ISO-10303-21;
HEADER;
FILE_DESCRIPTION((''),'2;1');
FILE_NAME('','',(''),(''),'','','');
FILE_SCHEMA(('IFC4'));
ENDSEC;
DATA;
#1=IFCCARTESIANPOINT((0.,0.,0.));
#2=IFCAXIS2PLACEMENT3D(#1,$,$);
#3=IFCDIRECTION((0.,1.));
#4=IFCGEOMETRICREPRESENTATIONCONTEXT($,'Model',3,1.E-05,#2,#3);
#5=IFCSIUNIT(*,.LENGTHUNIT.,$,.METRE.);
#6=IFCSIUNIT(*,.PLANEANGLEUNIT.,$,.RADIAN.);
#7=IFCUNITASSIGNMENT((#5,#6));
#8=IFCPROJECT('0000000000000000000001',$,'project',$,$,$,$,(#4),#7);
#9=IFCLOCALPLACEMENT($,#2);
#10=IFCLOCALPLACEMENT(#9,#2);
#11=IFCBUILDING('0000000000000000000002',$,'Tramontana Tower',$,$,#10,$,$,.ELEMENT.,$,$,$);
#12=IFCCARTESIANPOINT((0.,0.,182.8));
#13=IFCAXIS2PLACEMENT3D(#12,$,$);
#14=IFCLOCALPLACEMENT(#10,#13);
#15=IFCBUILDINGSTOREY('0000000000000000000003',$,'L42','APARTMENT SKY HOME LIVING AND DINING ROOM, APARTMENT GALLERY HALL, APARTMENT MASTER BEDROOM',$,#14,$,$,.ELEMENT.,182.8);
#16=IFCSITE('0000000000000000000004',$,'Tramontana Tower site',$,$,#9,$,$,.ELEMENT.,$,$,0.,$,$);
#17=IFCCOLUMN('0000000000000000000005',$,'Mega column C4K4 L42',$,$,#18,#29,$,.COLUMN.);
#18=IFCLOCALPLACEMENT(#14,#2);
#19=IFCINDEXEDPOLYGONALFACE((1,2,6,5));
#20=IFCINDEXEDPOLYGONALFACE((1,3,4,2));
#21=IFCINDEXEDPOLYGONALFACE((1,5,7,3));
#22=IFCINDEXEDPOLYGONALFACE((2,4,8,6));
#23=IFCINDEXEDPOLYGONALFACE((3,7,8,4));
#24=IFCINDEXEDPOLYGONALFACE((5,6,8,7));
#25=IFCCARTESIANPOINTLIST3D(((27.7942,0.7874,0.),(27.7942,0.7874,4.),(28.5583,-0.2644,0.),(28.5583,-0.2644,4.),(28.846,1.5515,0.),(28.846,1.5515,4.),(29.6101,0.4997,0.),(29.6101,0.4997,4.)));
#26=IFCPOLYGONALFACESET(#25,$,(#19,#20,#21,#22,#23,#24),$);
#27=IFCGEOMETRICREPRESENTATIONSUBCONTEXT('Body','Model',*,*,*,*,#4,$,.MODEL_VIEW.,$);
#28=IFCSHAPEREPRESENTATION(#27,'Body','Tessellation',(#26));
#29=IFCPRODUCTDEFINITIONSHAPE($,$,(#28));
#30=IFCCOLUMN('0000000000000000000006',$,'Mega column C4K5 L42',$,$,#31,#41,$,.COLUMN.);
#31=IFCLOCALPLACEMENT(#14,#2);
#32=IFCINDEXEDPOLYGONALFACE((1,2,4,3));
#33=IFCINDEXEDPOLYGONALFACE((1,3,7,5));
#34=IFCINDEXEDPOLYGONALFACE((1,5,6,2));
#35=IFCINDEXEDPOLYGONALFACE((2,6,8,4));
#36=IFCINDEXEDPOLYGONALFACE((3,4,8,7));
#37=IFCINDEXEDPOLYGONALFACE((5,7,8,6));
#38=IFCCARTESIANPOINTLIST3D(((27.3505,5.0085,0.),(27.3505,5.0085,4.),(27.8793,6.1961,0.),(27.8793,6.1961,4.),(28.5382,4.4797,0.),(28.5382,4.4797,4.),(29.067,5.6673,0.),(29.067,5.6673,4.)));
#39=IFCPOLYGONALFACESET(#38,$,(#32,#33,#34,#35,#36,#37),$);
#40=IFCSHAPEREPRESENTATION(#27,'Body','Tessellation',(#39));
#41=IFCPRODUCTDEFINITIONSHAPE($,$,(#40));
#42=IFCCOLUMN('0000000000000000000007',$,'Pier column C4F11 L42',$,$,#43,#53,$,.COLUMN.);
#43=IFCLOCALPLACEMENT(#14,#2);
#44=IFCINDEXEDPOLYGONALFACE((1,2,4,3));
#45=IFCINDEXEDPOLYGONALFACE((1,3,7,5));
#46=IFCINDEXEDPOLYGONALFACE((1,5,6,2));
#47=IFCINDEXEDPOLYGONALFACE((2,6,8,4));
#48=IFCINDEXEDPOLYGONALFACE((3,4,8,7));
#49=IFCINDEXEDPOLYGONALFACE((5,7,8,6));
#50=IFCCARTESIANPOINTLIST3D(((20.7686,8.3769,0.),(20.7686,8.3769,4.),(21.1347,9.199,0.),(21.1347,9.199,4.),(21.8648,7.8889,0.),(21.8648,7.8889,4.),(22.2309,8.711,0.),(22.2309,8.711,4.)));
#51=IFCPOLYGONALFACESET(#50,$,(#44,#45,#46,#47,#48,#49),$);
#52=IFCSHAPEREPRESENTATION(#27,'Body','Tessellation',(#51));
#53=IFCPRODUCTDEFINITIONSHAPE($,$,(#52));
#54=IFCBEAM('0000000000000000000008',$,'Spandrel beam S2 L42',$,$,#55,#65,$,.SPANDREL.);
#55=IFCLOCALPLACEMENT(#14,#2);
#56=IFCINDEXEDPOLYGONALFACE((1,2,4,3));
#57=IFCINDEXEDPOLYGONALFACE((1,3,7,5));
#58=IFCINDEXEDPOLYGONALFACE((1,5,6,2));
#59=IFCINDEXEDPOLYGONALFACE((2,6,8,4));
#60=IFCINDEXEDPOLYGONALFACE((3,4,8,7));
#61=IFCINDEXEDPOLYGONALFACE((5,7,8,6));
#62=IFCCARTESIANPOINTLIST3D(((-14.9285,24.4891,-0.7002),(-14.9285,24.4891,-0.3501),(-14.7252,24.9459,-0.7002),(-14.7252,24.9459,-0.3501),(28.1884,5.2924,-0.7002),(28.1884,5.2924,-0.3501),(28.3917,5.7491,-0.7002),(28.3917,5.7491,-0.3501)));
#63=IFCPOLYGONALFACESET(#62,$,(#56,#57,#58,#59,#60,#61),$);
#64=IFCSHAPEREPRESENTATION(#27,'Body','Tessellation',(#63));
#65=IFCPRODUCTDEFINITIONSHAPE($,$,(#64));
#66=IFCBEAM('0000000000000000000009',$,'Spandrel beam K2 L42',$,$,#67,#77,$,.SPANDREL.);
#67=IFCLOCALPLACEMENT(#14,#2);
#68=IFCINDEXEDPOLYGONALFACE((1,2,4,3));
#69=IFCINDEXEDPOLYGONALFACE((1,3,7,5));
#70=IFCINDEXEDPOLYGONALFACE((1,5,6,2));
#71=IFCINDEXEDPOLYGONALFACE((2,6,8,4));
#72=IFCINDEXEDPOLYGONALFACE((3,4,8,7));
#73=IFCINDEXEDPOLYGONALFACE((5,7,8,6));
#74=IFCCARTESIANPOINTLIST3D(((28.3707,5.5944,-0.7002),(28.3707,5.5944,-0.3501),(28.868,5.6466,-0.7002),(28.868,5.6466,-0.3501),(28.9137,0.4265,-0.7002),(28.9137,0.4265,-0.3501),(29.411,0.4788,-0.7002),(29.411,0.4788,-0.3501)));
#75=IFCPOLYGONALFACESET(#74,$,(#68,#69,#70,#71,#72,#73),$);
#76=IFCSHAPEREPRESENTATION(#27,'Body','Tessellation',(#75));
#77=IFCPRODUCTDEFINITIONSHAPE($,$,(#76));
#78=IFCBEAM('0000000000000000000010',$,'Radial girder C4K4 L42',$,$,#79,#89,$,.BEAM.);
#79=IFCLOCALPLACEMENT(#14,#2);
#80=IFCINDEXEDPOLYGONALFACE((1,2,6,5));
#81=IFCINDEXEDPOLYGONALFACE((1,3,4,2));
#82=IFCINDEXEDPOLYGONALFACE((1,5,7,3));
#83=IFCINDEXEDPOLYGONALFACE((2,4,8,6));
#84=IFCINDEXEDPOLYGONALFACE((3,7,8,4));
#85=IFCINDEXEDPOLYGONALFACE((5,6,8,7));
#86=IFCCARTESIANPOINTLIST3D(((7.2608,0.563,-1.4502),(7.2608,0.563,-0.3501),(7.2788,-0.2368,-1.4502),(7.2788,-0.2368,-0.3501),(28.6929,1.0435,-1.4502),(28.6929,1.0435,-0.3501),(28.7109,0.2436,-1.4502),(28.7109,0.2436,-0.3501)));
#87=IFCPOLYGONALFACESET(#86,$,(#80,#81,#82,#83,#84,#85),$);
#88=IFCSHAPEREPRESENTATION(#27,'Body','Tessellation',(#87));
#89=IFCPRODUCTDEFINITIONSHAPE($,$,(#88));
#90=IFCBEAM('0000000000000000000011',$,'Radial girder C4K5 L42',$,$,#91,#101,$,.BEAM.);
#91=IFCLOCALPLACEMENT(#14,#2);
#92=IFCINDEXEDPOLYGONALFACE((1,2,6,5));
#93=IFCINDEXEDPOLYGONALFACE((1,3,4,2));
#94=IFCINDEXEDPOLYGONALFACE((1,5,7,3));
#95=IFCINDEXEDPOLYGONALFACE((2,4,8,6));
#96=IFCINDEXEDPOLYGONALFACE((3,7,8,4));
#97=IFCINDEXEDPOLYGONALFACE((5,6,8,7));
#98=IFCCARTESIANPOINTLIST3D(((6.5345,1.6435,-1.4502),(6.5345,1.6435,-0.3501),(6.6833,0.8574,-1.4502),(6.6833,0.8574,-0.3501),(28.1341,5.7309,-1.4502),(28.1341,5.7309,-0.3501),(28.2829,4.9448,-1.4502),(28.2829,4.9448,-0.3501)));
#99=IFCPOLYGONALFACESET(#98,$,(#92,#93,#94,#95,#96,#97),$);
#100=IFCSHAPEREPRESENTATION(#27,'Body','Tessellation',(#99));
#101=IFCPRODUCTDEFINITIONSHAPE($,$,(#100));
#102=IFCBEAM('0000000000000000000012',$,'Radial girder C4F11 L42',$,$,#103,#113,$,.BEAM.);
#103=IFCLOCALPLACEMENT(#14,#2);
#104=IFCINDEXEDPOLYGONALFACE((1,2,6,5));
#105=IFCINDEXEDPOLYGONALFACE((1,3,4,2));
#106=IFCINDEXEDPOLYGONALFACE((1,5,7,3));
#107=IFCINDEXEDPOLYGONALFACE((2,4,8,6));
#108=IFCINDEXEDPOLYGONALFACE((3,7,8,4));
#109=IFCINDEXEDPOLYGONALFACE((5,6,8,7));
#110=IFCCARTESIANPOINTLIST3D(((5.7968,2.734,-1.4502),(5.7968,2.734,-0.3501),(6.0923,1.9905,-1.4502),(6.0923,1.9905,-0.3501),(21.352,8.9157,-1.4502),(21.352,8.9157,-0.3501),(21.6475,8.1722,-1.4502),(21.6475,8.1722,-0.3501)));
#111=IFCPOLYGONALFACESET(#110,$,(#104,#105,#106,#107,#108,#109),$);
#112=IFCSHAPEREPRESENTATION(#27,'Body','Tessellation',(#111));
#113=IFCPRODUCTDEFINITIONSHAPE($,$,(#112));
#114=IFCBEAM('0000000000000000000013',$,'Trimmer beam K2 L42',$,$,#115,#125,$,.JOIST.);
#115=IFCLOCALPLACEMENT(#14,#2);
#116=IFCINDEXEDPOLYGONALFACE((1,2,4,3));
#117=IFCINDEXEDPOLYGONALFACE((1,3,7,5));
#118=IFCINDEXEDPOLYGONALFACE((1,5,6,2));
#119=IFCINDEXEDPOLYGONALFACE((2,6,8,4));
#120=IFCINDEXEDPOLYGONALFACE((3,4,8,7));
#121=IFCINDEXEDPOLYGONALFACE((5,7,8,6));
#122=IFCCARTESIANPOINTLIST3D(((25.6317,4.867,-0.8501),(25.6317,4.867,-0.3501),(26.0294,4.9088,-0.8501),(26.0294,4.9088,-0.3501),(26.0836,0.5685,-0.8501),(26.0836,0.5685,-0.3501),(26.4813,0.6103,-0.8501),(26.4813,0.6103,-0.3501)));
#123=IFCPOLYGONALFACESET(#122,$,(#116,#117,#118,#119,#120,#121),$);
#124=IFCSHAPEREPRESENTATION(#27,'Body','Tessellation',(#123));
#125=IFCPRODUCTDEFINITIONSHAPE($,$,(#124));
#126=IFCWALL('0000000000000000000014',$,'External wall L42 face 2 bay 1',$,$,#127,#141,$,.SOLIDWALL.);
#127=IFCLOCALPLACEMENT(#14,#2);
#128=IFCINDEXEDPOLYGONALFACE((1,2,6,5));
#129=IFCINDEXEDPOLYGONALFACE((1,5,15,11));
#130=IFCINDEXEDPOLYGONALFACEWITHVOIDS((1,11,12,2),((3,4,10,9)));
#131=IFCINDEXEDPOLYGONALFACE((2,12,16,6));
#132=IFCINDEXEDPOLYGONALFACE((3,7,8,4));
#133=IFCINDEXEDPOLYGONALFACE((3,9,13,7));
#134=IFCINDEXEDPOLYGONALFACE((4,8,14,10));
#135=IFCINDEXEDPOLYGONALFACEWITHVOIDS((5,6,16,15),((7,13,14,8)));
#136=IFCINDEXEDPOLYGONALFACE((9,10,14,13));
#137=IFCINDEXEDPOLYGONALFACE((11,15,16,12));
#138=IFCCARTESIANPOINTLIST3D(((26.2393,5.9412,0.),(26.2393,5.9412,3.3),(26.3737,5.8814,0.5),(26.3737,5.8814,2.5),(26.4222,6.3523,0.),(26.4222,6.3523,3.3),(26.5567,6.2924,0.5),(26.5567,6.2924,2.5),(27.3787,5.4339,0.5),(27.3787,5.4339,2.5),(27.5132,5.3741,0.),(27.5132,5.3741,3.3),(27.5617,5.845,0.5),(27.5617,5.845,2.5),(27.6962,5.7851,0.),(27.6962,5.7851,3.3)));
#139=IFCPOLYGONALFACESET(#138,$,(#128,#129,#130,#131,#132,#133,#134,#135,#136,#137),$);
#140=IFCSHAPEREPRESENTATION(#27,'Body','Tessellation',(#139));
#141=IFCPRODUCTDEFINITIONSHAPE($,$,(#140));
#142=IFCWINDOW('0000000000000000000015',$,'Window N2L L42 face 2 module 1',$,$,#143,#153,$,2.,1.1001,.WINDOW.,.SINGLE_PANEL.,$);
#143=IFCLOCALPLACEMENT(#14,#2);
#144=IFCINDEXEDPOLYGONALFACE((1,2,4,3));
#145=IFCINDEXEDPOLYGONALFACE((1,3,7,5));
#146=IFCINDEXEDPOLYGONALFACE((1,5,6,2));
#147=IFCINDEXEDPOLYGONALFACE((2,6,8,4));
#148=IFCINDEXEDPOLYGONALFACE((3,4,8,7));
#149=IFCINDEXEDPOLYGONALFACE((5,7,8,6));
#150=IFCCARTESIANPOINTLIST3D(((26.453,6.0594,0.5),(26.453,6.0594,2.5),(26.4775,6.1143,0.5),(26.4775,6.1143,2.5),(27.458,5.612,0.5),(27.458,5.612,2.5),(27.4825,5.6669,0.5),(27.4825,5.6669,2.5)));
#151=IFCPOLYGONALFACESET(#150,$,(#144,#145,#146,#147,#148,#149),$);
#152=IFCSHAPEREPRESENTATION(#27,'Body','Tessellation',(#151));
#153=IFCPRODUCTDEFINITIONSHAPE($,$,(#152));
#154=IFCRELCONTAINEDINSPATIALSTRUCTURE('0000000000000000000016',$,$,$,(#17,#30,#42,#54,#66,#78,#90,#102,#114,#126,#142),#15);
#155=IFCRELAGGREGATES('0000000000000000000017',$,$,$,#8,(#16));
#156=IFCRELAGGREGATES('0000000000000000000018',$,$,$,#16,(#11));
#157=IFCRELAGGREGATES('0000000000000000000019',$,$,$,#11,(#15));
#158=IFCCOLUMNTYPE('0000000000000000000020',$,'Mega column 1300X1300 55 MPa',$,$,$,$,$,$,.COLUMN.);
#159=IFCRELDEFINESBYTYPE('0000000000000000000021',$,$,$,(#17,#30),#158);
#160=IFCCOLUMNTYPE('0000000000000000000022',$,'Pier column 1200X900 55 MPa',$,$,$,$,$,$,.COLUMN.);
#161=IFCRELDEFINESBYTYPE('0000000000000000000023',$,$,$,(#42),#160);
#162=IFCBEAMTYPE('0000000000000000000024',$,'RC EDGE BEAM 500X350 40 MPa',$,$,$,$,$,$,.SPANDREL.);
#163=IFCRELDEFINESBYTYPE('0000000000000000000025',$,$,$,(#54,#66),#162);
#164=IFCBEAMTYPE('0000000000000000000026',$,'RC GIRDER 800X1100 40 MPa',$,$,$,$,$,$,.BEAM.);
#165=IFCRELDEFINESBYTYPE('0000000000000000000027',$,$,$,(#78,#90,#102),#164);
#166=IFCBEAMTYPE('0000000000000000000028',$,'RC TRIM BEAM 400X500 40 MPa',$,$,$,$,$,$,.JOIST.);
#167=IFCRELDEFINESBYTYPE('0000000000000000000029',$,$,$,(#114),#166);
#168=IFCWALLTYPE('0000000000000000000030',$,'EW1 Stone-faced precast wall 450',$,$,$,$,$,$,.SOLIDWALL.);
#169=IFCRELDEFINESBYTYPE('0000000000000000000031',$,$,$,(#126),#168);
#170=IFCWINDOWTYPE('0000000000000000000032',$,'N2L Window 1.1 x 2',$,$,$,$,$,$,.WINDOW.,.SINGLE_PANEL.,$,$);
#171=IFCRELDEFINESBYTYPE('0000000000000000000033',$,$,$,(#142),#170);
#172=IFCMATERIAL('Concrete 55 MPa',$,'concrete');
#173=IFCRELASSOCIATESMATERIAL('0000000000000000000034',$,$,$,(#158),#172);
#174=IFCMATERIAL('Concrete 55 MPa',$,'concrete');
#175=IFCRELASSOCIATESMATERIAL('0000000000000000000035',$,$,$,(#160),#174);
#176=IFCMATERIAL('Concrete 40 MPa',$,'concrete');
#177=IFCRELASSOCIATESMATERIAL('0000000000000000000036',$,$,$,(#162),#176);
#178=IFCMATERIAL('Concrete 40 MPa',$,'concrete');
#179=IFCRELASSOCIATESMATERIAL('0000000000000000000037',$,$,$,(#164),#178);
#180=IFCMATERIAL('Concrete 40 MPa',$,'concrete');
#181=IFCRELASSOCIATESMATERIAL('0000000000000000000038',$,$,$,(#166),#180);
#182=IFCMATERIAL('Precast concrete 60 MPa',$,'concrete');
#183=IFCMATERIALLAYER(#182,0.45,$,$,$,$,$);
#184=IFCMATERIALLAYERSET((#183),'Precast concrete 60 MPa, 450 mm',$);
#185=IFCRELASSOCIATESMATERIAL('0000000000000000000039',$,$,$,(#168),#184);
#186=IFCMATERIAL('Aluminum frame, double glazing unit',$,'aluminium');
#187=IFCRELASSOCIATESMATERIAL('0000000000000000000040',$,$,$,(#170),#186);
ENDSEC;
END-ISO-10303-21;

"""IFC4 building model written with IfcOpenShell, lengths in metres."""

from ifc_helpers import new_model, si_unit, direction, frame, frame_2d, origin, origin_2d, place, context, subcontext, project, spatial, rectangle, extrude, material, layer, layer_set, material_profile, profile_set, type_object, element, fill, save


model = new_model("IFC4")

# Units and contexts
model_context = context("Model", 3, precision=1e-05, world=origin(), true_north=direction((0.0, 1.0)))
body_context = subcontext(model_context, "Body", "Model", "MODEL_VIEW")
ifc_project = project(units=[si_unit("LENGTHUNIT", "METRE"), si_unit("PLANEANGLEUNIT", "RADIAN")], contexts=[model_context])

# Site, building, storey
site_placement = place(None, origin())
site = spatial("IfcSite", under=ifc_project, at=site_placement, Name="Tramontana Tower site", CompositionType="ELEMENT", RefElevation=0.0)
building_placement = place(site_placement, origin())
building = spatial("IfcBuilding", under=site, at=building_placement, Name="Tramontana Tower", CompositionType="ELEMENT")
storey_placement = place(building_placement, frame((0.0, 0.0, 182.8)))
storey = spatial("IfcBuildingStorey", under=building, at=storey_placement, Name="L42", Description="APARTMENT SKY HOME LIVING AND DINING ROOM, APARTMENT GALLERY HALL, APARTMENT MASTER BEDROOM", CompositionType="ELEMENT", Elevation=182.8)

# Columns
ifc_material_1 = material(Name="Concrete 55 MPa", Category="concrete")
ifc_material_profile_1 = material_profile(ifc_material_1, rectangle(XDim=1.3, YDim=1.3, at=origin_2d()), Name="Mega column 1300X1300 55 MPa")
ifc_profile_set_1 = profile_set([ifc_material_profile_1], Name="Concrete 55 MPa")
column_type_1 = type_object("IfcColumnType", Name="Mega column 1300X1300 55 MPa", PredefinedType="COLUMN", material=ifc_profile_set_1)
for number, where, z_axis, x_axis, name in (
    (1, (28.7021, 0.6436, 0.0), (0.0, 0.0, 1.0), (0.809017, 0.587785, 0.0), "Mega column C4K4 L42"),
    (2, (28.2087, 5.3379, 0.0), (0.0, 0.0, 1.0), (-0.913545, 0.406737, 0.0), "Mega column C4K5 L42"),
):
    element("IfcColumn", number, at=place(storey_placement, frame(where, z_axis=z_axis, x_axis=x_axis)), inside=storey, type_object=column_type_1, Name=name, PredefinedType="COLUMN", context=body_context, shape_type="SweptSolid", body=[
        extrude(rectangle(XDim=1.3, YDim=1.3, at=origin_2d()), origin(), (0.0, 0.0, 1.0), 4.0),
    ])
ifc_material_2 = material(Name="Concrete 55 MPa", Category="concrete")
ifc_material_profile_2 = material_profile(ifc_material_2, rectangle(XDim=1.2, YDim=0.8999, at=origin_2d()), Name="Pier column 1200X900 55 MPa")
ifc_profile_set_2 = profile_set([ifc_material_profile_2], Name="Concrete 55 MPa")
column_type_2 = type_object("IfcColumnType", Name="Pier column 1200X900 55 MPa", PredefinedType="COLUMN", material=ifc_profile_set_2)
column_placement = place(storey_placement, frame((21.4998, 8.5439, 0.0), z_axis=(0.0, 0.0, 1.0), x_axis=(-0.913545, 0.406737, 0.0)))
element("IfcColumn", 3, at=column_placement, inside=storey, type_object=column_type_2, Name="Pier column C4F11 L42", PredefinedType="COLUMN", context=body_context, shape_type="SweptSolid", body=[
    extrude(rectangle(XDim=1.2, YDim=0.8999, at=origin_2d()), origin(), (0.0, 0.0, 1.0), 4.0),
])

# Beams
ifc_material_3 = material(Name="Concrete 40 MPa", Category="concrete")
ifc_material_profile_3 = material_profile(ifc_material_3, rectangle(XDim=0.5, YDim=0.3501, at=origin_2d()), Name="RC EDGE BEAM 500X350 40 MPa")
ifc_profile_set_3 = profile_set([ifc_material_profile_3], Name="Concrete 40 MPa")
beam_type_1 = type_object("IfcBeamType", Name="RC EDGE BEAM 500X350 40 MPa", PredefinedType="SPANDREL", material=ifc_profile_set_3)
beam_1_placement = place(storey_placement, frame((28.29, 5.5208, -0.5251), z_axis=(-0.913546, 0.406734, 0.0), x_axis=(-0.406734, -0.913546, 0.0)))
element("IfcBeam", 4, at=beam_1_placement, inside=storey, type_object=beam_type_1, Name="Spandrel beam S2 L42", PredefinedType="SPANDREL", context=body_context, shape_type="SweptSolid", body=[
    extrude(rectangle(XDim=0.5, YDim=0.3501, at=origin_2d()), origin(), (0.0, 0.0, 1.0), 47.1973),
])
beam_2_placement = place(storey_placement, frame((29.1624, 0.4526, -0.5251), z_axis=(-0.104494, 0.994526, 0.0), x_axis=(-0.994526, -0.104494, 0.0)))
element("IfcBeam", 5, at=beam_2_placement, inside=storey, type_object=beam_type_1, Name="Spandrel beam K2 L42", PredefinedType="SPANDREL", context=body_context, shape_type="SweptSolid", body=[
    extrude(rectangle(XDim=0.5, YDim=0.3501, at=origin_2d()), origin(), (0.0, 0.0, 1.0), 5.1963),
])
ifc_material_4 = material(Name="Concrete 40 MPa", Category="concrete")
ifc_material_profile_4 = material_profile(ifc_material_4, rectangle(XDim=0.8, YDim=1.1001, at=origin_2d()), Name="RC GIRDER 800X1100 40 MPa")
ifc_profile_set_4 = profile_set([ifc_material_profile_4], Name="Concrete 40 MPa")
beam_type_2 = type_object("IfcBeamType", Name="RC GIRDER 800X1100 40 MPa", PredefinedType="BEAM", material=ifc_profile_set_4)
beam_3_placement = place(storey_placement, frame((28.7019, 0.6436, -0.9001), z_axis=(-0.999749, -0.022413, 0.0), x_axis=(0.022413, -0.999749, 0.0)))
element("IfcBeam", 6, at=beam_3_placement, inside=storey, type_object=beam_type_2, Name="Radial girder C4K4 L42", PredefinedType="BEAM", context=body_context, shape_type="SweptSolid", body=[
    extrude(rectangle(XDim=0.8, YDim=1.1001, at=origin_2d()), origin(), (0.0, 0.0, 1.0), 21.4375),
])
beam_4_placement = place(storey_placement, frame((28.2085, 5.3379, -0.9001), z_axis=(-0.982562, -0.185935, 0.0), x_axis=(0.185935, -0.982562, 0.0)))
element("IfcBeam", 7, at=beam_4_placement, inside=storey, type_object=beam_type_2, Name="Radial girder C4K5 L42", PredefinedType="BEAM", context=body_context, shape_type="SweptSolid", body=[
    extrude(rectangle(XDim=0.8, YDim=1.1001, at=origin_2d()), origin(), (0.0, 0.0, 1.0), 21.9829),
])
beam_5_placement = place(storey_placement, frame((21.4998, 8.5439, -0.9001), z_axis=(-0.929307, -0.369308, 0.0), x_axis=(0.369308, -0.929307, 0.0)))
element("IfcBeam", 8, at=beam_5_placement, inside=storey, type_object=beam_type_2, Name="Radial girder C4F11 L42", PredefinedType="BEAM", context=body_context, shape_type="SweptSolid", body=[
    extrude(rectangle(XDim=0.8, YDim=1.1001, at=origin_2d()), origin(), (0.0, 0.0, 1.0), 16.7385),
])
ifc_material_5 = material(Name="Concrete 40 MPa", Category="concrete")
ifc_material_profile_5 = material_profile(ifc_material_5, rectangle(XDim=0.3999, YDim=0.5, at=origin_2d()), Name="RC TRIM BEAM 400X500 40 MPa")
ifc_profile_set_5 = profile_set([ifc_material_profile_5], Name="Concrete 40 MPa")
beam_type_3 = type_object("IfcBeamType", Name="RC TRIM BEAM 400X500 40 MPa", PredefinedType="JOIST", material=ifc_profile_set_5)
beam_6_placement = place(storey_placement, frame((26.2825, 0.5894, -0.6001), z_axis=(-0.104552, 0.994519, 0.0), x_axis=(-0.994519, -0.104552, 0.0)))
element("IfcBeam", 9, at=beam_6_placement, inside=storey, type_object=beam_type_3, Name="Trimmer beam K2 L42", PredefinedType="JOIST", context=body_context, shape_type="SweptSolid", body=[
    extrude(rectangle(XDim=0.3999, YDim=0.5, at=origin_2d()), origin(), (0.0, 0.0, 1.0), 4.3223),
])

# Wall, opening, window
ifc_material_6 = material(Name="Precast concrete 60 MPa", Category="concrete")
ifc_layer_1 = layer(ifc_material_6, 0.45)
ifc_layer_set_1 = layer_set([ifc_layer_1], Name="Precast concrete 60 MPa, 450 mm")
wall_type_1 = type_object("IfcWallType", Name="EW1 Stone-faced precast wall 450", PredefinedType="SOLIDWALL", material=ifc_layer_set_1)
wall_1_placement = place(storey_placement, frame((27.6047, 5.5796, 0.0), z_axis=(0.0, 0.0, 1.0), x_axis=(-0.913559, 0.406707, 0.0)))
wall_1 = element("IfcWall", 10, at=wall_1_placement, inside=storey, type_object=wall_type_1, Name="External wall L42 face 2 bay 1", PredefinedType="SOLIDWALL", context=body_context, shape_type="SweptSolid", body=[
    extrude(rectangle(XDim=1.3945, YDim=0.45, at=frame_2d((0.6973, 0.0))), origin(), (0.0, 0.0, 1.0), 3.3),
])
opening_1_placement = place(wall_1_placement, frame((0.1472, 0.0, 0.5)))
opening_1 = element("IfcOpeningElement", 11, at=opening_1_placement, cuts=wall_1, PredefinedType="OPENING", context=body_context, shape_type="SweptSolid", body=[
    extrude(rectangle(XDim=1.1001, YDim=2.0, at=frame_2d((0.55, 1.0))), frame((0.0, 0.2349, 0.0), z_axis=(0.0, -1.0, 0.0), x_axis=(1.0, 0.0, 0.0)), (0.0, 0.0, 1.0), 0.47),
])
ifc_material_7 = material(Name="Aluminum frame, double glazing unit", Category="aluminium")
window_type_1 = type_object("IfcWindowType", Name="N2L Window 1.1 x 2", PartitioningType="SINGLE_PANEL", PredefinedType="WINDOW", material=ifc_material_7)
window_1_placement = place(opening_1_placement, origin())
window_1 = element("IfcWindow", 12, at=window_1_placement, inside=storey, type_object=window_type_1, Name="Window N2L L42 face 2 module 1", OverallHeight=2.0, OverallWidth=1.1001, PartitioningType="SINGLE_PANEL", PredefinedType="WINDOW", context=body_context, shape_type="SweptSolid", body=[
    extrude(rectangle(XDim=1.1001, YDim=2.0, at=frame_2d((0.55, 1.0))), frame((0.0, 0.03, 0.0), z_axis=(0.0, -1.0, 0.0), x_axis=(1.0, 0.0, 0.0)), (0.0, 0.0, 1.0), 0.0601),
])
fill(opening_1, window_1)

save(model, "model.ifc")
